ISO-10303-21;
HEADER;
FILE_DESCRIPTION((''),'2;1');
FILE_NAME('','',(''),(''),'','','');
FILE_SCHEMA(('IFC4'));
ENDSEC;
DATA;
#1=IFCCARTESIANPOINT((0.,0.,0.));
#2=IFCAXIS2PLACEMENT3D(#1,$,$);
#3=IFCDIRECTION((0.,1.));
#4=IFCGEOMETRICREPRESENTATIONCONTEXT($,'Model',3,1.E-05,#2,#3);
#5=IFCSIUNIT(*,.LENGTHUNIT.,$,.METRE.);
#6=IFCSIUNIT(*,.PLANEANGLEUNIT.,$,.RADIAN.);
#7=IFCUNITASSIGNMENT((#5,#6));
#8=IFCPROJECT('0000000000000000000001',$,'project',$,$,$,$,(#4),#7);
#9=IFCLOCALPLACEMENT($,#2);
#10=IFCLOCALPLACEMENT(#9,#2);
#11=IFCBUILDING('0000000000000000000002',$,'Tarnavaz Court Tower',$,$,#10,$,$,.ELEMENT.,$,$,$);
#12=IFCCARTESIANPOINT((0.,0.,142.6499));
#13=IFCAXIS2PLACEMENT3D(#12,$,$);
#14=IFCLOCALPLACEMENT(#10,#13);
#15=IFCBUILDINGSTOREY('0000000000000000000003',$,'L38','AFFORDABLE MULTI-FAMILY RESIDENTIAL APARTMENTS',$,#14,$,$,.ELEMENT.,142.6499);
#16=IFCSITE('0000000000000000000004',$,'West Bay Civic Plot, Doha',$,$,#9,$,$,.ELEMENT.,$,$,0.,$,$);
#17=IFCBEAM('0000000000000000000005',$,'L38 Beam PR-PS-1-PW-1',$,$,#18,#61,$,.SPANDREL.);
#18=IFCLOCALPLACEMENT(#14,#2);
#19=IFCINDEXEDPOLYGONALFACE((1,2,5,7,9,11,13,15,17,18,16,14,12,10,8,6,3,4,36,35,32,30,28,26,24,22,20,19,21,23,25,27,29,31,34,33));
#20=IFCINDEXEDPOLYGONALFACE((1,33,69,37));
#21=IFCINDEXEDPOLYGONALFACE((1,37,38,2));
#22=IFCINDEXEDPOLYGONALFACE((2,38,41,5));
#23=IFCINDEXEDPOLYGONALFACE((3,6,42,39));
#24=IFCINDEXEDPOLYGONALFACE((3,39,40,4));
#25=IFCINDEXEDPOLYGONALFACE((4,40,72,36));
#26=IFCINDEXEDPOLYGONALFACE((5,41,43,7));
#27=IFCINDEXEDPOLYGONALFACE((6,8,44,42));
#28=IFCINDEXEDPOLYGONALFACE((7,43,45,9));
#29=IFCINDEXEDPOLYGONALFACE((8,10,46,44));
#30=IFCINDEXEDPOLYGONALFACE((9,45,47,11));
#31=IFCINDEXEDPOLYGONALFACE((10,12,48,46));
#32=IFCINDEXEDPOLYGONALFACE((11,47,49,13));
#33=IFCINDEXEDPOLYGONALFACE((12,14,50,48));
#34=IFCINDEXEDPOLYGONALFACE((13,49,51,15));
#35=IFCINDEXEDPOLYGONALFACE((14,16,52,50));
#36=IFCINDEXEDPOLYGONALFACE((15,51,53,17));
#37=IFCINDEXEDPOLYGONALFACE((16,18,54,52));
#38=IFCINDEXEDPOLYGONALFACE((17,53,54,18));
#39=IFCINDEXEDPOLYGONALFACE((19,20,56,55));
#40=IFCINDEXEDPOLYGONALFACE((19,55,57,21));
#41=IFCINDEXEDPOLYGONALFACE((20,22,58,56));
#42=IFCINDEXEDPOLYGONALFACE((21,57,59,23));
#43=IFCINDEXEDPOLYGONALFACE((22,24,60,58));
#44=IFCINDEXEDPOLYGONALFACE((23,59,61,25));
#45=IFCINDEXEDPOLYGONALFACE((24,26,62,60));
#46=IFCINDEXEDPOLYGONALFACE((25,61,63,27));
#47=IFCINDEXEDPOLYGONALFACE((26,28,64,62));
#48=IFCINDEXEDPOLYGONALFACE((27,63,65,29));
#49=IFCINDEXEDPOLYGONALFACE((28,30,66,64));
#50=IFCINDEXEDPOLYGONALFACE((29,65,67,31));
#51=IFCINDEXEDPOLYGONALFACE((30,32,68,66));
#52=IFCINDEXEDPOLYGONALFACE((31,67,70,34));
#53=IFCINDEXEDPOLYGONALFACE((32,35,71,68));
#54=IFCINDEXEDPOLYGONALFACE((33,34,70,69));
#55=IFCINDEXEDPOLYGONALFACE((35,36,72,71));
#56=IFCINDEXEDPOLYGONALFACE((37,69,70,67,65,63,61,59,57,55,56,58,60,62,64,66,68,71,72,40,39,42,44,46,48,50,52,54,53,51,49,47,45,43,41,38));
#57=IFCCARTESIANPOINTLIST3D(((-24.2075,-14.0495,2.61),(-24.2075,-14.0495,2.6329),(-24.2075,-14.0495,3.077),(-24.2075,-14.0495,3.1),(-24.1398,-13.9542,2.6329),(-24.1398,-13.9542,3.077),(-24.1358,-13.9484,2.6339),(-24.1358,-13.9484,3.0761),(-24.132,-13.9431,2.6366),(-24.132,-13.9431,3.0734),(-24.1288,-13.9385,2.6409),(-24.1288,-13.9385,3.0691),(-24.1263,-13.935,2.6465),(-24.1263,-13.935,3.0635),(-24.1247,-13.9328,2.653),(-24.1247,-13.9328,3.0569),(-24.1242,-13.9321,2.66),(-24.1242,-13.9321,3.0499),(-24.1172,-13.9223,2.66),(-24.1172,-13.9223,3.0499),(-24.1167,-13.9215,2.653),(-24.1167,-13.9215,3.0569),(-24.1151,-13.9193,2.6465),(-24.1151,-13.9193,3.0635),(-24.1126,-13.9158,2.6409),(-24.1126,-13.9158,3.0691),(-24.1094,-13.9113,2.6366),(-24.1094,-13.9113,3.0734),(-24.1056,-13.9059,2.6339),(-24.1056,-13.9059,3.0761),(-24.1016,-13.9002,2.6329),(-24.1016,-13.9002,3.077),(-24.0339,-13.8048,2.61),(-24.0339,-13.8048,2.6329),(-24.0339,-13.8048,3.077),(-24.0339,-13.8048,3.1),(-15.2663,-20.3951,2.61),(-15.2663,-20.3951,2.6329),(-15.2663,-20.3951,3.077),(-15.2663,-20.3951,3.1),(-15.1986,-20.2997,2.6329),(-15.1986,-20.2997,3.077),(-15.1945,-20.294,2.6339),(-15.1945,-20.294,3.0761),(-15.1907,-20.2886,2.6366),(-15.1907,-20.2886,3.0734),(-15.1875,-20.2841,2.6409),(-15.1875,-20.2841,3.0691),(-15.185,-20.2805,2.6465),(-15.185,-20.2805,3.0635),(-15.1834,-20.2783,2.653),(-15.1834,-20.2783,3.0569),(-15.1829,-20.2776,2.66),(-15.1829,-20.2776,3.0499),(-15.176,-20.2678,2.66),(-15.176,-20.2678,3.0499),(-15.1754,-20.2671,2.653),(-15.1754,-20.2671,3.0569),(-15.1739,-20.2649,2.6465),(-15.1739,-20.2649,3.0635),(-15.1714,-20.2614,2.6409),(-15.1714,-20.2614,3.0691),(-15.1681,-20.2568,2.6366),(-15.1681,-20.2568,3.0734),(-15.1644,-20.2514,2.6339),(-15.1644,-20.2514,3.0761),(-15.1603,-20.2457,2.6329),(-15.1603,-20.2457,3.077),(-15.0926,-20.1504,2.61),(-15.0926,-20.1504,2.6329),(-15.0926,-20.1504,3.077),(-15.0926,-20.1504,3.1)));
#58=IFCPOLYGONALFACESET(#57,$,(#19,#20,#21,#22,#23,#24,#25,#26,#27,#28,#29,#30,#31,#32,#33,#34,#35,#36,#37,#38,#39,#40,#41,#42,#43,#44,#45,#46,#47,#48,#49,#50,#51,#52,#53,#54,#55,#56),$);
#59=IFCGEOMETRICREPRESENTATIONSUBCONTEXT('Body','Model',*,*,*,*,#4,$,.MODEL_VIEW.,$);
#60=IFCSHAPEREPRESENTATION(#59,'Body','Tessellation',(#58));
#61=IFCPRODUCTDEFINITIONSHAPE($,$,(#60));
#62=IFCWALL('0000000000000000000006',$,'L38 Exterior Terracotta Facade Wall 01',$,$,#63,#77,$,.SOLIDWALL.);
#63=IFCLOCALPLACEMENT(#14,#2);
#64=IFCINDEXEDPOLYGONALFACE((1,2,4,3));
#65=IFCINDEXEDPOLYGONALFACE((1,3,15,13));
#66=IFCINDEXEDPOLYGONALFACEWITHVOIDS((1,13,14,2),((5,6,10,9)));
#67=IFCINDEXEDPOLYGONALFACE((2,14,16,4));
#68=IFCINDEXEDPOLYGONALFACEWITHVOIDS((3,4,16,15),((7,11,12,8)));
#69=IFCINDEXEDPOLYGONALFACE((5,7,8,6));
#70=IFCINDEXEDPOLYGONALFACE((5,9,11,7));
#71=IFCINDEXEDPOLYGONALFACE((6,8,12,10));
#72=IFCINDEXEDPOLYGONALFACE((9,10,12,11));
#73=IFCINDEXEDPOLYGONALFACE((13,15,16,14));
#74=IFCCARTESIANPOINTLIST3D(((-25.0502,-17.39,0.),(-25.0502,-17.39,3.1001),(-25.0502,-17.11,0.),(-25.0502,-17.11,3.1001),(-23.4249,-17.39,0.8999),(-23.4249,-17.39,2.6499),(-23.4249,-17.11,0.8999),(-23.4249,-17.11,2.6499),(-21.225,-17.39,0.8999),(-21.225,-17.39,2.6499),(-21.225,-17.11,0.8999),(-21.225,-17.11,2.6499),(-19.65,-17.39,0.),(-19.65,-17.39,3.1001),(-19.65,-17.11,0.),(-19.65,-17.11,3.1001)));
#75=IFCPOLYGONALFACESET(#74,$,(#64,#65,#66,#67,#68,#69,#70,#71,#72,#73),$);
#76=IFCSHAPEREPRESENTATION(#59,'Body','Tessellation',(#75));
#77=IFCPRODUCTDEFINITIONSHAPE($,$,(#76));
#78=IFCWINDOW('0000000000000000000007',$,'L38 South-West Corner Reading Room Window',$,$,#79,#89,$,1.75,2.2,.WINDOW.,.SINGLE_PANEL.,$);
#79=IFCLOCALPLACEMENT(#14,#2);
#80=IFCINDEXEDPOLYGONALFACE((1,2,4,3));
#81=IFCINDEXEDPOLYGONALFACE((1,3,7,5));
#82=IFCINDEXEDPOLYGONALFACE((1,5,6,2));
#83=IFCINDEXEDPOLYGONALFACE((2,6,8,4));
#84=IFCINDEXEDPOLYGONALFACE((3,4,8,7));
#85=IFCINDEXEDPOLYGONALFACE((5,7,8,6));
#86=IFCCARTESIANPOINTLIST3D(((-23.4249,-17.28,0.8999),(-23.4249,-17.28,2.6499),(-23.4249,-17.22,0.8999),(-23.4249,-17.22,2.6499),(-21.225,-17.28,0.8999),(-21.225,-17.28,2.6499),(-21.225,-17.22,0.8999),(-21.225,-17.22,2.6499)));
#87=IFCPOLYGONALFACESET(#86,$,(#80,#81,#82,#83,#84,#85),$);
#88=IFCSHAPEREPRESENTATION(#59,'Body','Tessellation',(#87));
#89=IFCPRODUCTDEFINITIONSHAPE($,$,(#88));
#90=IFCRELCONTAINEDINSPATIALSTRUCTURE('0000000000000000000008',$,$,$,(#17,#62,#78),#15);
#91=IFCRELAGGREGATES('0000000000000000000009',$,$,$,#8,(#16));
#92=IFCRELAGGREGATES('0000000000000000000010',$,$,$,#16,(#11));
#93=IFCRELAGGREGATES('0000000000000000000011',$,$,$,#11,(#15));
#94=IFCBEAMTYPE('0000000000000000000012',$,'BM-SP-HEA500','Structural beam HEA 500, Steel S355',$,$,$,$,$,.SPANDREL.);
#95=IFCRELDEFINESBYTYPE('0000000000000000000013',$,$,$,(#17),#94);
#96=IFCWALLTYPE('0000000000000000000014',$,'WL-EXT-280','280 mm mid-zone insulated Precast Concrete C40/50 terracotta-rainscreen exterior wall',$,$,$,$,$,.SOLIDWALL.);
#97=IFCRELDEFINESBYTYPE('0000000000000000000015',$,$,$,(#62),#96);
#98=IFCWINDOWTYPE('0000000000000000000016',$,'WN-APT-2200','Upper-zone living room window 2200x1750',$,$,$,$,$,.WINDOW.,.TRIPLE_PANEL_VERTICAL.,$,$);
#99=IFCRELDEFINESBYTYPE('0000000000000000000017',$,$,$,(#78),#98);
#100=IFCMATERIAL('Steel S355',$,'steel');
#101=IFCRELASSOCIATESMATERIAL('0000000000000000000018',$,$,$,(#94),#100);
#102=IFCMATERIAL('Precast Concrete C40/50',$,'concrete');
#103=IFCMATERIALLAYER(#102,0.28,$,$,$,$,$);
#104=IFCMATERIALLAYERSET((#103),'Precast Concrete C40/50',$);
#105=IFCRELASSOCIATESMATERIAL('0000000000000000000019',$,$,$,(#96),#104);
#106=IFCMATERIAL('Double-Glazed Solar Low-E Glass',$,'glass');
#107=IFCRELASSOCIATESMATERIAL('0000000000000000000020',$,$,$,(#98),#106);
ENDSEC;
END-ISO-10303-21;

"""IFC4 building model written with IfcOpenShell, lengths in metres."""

from ifc_helpers import new_model, si_unit, direction, frame, frame_2d, origin, origin_2d, place, context, subcontext, project, spatial, rectangle, i_section, extrude, material, layer, layer_set, material_profile, profile_set, type_object, element, fill, save


model = new_model("IFC4")

# Units and contexts
model_context = context("Model", 3, precision=1e-05, world=origin(), true_north=direction((0.0, 1.0)))
body_context = subcontext(model_context, "Body", "Model", "MODEL_VIEW")
ifc_project = project(units=[si_unit("LENGTHUNIT", "METRE"), si_unit("PLANEANGLEUNIT", "RADIAN")], contexts=[model_context])

# Site, building, storey
site_placement = place(None, origin())
site = spatial("IfcSite", under=ifc_project, at=site_placement, Name="West Bay Civic Plot, Doha", CompositionType="ELEMENT", RefElevation=0.0)
building_placement = place(site_placement, origin())
building = spatial("IfcBuilding", under=site, at=building_placement, Name="Tarnavaz Court Tower", CompositionType="ELEMENT")
storey_placement = place(building_placement, frame((0.0, 0.0, 142.6499)))
storey = spatial("IfcBuildingStorey", under=building, at=storey_placement, Name="L38", Description="AFFORDABLE MULTI-FAMILY RESIDENTIAL APARTMENTS", CompositionType="ELEMENT", Elevation=142.6499)

# Beam
ifc_material_1 = material(Name="Steel S355", Category="steel")
ifc_material_profile_1 = material_profile(ifc_material_1, i_section(OverallWidth=0.3, OverallDepth=0.49, WebThickness=0.012, FlangeThickness=0.0229, FilletRadius=0.0271, at=origin_2d()), Name="HEA 500")
ifc_profile_set_1 = profile_set([ifc_material_profile_1], Name="Steel S355")
beam_type_1 = type_object("IfcBeamType", Name="BM-SP-HEA500", Description="Structural beam HEA 500, Steel S355", PredefinedType="SPANDREL", material=ifc_profile_set_1)
beam_1_placement = place(storey_placement, frame((-15.1794, -20.2727, 2.855), z_axis=(-0.815502, 0.578754, 0.0), x_axis=(-0.578754, -0.815502, 0.0)))
element("IfcBeam", 1, at=beam_1_placement, inside=storey, type_object=beam_type_1, Name="L38 Beam PR-PS-1-PW-1", PredefinedType="SPANDREL", context=body_context, shape_type="SweptSolid", body=[
    extrude(i_section(OverallWidth=0.3, OverallDepth=0.49, WebThickness=0.012, FlangeThickness=0.0229, FilletRadius=0.0271, at=origin_2d()), origin(), (0.0, 0.0, 1.0), 10.9641),
])

# Wall, opening, window
ifc_material_2 = material(Name="Precast Concrete C40/50", Category="concrete")
ifc_layer_1 = layer(ifc_material_2, 0.28)
ifc_layer_set_1 = layer_set([ifc_layer_1], Name="Precast Concrete C40/50")
wall_type_1 = type_object("IfcWallType", Name="WL-EXT-280", Description="280 mm mid-zone insulated Precast Concrete C40/50 terracotta-rainscreen exterior wall", PredefinedType="SOLIDWALL", material=ifc_layer_set_1)
wall_1_placement = place(storey_placement, frame((-19.6499, -17.25, 0.0), z_axis=(0.0, 0.0, 1.0), x_axis=(-1.0, 0.0, 0.0)))
wall_1 = element("IfcWall", 2, at=wall_1_placement, inside=storey, type_object=wall_type_1, Name="L38 Exterior Terracotta Facade Wall 01", PredefinedType="SOLIDWALL", context=body_context, shape_type="SweptSolid", body=[
    extrude(rectangle(XDim=5.4001, YDim=0.28, at=frame_2d((2.7002, 0.0))), origin(), (0.0, 0.0, 1.0), 3.1001),
])
opening_1_placement = place(wall_1_placement, frame((1.575, 0.0, 0.8999)))
opening_1 = element("IfcOpeningElement", 3, at=opening_1_placement, cuts=wall_1, PredefinedType="OPENING", context=body_context, shape_type="SweptSolid", body=[
    extrude(rectangle(XDim=2.2, YDim=1.75, at=frame_2d((1.1001, 0.875))), frame((0.0, 0.1499, 0.0), z_axis=(0.0, -1.0, 0.0), x_axis=(1.0, 0.0, 0.0)), (0.0, 0.0, 1.0), 0.3),
])
ifc_material_3 = material(Name="Double-Glazed Solar Low-E Glass", Category="glass")
window_type_1 = type_object("IfcWindowType", Name="WN-APT-2200", Description="Upper-zone living room window 2200x1750", PartitioningType="TRIPLE_PANEL_VERTICAL", PredefinedType="WINDOW", material=ifc_material_3)
window_1_placement = place(opening_1_placement, origin())
window_1 = element("IfcWindow", 4, at=window_1_placement, inside=storey, type_object=window_type_1, Name="L38 South-West Corner Reading Room Window", OverallHeight=1.75, OverallWidth=2.2, PartitioningType="SINGLE_PANEL", PredefinedType="WINDOW", context=body_context, shape_type="SweptSolid", body=[
    extrude(rectangle(XDim=2.2, YDim=1.75, at=frame_2d((1.1001, 0.875))), frame((0.0, 0.03, 0.0), z_axis=(0.0, -1.0, 0.0), x_axis=(1.0, 0.0, 0.0)), (0.0, 0.0, 1.0), 0.0601),
])
fill(opening_1, window_1)

save(model, "model.ifc")
